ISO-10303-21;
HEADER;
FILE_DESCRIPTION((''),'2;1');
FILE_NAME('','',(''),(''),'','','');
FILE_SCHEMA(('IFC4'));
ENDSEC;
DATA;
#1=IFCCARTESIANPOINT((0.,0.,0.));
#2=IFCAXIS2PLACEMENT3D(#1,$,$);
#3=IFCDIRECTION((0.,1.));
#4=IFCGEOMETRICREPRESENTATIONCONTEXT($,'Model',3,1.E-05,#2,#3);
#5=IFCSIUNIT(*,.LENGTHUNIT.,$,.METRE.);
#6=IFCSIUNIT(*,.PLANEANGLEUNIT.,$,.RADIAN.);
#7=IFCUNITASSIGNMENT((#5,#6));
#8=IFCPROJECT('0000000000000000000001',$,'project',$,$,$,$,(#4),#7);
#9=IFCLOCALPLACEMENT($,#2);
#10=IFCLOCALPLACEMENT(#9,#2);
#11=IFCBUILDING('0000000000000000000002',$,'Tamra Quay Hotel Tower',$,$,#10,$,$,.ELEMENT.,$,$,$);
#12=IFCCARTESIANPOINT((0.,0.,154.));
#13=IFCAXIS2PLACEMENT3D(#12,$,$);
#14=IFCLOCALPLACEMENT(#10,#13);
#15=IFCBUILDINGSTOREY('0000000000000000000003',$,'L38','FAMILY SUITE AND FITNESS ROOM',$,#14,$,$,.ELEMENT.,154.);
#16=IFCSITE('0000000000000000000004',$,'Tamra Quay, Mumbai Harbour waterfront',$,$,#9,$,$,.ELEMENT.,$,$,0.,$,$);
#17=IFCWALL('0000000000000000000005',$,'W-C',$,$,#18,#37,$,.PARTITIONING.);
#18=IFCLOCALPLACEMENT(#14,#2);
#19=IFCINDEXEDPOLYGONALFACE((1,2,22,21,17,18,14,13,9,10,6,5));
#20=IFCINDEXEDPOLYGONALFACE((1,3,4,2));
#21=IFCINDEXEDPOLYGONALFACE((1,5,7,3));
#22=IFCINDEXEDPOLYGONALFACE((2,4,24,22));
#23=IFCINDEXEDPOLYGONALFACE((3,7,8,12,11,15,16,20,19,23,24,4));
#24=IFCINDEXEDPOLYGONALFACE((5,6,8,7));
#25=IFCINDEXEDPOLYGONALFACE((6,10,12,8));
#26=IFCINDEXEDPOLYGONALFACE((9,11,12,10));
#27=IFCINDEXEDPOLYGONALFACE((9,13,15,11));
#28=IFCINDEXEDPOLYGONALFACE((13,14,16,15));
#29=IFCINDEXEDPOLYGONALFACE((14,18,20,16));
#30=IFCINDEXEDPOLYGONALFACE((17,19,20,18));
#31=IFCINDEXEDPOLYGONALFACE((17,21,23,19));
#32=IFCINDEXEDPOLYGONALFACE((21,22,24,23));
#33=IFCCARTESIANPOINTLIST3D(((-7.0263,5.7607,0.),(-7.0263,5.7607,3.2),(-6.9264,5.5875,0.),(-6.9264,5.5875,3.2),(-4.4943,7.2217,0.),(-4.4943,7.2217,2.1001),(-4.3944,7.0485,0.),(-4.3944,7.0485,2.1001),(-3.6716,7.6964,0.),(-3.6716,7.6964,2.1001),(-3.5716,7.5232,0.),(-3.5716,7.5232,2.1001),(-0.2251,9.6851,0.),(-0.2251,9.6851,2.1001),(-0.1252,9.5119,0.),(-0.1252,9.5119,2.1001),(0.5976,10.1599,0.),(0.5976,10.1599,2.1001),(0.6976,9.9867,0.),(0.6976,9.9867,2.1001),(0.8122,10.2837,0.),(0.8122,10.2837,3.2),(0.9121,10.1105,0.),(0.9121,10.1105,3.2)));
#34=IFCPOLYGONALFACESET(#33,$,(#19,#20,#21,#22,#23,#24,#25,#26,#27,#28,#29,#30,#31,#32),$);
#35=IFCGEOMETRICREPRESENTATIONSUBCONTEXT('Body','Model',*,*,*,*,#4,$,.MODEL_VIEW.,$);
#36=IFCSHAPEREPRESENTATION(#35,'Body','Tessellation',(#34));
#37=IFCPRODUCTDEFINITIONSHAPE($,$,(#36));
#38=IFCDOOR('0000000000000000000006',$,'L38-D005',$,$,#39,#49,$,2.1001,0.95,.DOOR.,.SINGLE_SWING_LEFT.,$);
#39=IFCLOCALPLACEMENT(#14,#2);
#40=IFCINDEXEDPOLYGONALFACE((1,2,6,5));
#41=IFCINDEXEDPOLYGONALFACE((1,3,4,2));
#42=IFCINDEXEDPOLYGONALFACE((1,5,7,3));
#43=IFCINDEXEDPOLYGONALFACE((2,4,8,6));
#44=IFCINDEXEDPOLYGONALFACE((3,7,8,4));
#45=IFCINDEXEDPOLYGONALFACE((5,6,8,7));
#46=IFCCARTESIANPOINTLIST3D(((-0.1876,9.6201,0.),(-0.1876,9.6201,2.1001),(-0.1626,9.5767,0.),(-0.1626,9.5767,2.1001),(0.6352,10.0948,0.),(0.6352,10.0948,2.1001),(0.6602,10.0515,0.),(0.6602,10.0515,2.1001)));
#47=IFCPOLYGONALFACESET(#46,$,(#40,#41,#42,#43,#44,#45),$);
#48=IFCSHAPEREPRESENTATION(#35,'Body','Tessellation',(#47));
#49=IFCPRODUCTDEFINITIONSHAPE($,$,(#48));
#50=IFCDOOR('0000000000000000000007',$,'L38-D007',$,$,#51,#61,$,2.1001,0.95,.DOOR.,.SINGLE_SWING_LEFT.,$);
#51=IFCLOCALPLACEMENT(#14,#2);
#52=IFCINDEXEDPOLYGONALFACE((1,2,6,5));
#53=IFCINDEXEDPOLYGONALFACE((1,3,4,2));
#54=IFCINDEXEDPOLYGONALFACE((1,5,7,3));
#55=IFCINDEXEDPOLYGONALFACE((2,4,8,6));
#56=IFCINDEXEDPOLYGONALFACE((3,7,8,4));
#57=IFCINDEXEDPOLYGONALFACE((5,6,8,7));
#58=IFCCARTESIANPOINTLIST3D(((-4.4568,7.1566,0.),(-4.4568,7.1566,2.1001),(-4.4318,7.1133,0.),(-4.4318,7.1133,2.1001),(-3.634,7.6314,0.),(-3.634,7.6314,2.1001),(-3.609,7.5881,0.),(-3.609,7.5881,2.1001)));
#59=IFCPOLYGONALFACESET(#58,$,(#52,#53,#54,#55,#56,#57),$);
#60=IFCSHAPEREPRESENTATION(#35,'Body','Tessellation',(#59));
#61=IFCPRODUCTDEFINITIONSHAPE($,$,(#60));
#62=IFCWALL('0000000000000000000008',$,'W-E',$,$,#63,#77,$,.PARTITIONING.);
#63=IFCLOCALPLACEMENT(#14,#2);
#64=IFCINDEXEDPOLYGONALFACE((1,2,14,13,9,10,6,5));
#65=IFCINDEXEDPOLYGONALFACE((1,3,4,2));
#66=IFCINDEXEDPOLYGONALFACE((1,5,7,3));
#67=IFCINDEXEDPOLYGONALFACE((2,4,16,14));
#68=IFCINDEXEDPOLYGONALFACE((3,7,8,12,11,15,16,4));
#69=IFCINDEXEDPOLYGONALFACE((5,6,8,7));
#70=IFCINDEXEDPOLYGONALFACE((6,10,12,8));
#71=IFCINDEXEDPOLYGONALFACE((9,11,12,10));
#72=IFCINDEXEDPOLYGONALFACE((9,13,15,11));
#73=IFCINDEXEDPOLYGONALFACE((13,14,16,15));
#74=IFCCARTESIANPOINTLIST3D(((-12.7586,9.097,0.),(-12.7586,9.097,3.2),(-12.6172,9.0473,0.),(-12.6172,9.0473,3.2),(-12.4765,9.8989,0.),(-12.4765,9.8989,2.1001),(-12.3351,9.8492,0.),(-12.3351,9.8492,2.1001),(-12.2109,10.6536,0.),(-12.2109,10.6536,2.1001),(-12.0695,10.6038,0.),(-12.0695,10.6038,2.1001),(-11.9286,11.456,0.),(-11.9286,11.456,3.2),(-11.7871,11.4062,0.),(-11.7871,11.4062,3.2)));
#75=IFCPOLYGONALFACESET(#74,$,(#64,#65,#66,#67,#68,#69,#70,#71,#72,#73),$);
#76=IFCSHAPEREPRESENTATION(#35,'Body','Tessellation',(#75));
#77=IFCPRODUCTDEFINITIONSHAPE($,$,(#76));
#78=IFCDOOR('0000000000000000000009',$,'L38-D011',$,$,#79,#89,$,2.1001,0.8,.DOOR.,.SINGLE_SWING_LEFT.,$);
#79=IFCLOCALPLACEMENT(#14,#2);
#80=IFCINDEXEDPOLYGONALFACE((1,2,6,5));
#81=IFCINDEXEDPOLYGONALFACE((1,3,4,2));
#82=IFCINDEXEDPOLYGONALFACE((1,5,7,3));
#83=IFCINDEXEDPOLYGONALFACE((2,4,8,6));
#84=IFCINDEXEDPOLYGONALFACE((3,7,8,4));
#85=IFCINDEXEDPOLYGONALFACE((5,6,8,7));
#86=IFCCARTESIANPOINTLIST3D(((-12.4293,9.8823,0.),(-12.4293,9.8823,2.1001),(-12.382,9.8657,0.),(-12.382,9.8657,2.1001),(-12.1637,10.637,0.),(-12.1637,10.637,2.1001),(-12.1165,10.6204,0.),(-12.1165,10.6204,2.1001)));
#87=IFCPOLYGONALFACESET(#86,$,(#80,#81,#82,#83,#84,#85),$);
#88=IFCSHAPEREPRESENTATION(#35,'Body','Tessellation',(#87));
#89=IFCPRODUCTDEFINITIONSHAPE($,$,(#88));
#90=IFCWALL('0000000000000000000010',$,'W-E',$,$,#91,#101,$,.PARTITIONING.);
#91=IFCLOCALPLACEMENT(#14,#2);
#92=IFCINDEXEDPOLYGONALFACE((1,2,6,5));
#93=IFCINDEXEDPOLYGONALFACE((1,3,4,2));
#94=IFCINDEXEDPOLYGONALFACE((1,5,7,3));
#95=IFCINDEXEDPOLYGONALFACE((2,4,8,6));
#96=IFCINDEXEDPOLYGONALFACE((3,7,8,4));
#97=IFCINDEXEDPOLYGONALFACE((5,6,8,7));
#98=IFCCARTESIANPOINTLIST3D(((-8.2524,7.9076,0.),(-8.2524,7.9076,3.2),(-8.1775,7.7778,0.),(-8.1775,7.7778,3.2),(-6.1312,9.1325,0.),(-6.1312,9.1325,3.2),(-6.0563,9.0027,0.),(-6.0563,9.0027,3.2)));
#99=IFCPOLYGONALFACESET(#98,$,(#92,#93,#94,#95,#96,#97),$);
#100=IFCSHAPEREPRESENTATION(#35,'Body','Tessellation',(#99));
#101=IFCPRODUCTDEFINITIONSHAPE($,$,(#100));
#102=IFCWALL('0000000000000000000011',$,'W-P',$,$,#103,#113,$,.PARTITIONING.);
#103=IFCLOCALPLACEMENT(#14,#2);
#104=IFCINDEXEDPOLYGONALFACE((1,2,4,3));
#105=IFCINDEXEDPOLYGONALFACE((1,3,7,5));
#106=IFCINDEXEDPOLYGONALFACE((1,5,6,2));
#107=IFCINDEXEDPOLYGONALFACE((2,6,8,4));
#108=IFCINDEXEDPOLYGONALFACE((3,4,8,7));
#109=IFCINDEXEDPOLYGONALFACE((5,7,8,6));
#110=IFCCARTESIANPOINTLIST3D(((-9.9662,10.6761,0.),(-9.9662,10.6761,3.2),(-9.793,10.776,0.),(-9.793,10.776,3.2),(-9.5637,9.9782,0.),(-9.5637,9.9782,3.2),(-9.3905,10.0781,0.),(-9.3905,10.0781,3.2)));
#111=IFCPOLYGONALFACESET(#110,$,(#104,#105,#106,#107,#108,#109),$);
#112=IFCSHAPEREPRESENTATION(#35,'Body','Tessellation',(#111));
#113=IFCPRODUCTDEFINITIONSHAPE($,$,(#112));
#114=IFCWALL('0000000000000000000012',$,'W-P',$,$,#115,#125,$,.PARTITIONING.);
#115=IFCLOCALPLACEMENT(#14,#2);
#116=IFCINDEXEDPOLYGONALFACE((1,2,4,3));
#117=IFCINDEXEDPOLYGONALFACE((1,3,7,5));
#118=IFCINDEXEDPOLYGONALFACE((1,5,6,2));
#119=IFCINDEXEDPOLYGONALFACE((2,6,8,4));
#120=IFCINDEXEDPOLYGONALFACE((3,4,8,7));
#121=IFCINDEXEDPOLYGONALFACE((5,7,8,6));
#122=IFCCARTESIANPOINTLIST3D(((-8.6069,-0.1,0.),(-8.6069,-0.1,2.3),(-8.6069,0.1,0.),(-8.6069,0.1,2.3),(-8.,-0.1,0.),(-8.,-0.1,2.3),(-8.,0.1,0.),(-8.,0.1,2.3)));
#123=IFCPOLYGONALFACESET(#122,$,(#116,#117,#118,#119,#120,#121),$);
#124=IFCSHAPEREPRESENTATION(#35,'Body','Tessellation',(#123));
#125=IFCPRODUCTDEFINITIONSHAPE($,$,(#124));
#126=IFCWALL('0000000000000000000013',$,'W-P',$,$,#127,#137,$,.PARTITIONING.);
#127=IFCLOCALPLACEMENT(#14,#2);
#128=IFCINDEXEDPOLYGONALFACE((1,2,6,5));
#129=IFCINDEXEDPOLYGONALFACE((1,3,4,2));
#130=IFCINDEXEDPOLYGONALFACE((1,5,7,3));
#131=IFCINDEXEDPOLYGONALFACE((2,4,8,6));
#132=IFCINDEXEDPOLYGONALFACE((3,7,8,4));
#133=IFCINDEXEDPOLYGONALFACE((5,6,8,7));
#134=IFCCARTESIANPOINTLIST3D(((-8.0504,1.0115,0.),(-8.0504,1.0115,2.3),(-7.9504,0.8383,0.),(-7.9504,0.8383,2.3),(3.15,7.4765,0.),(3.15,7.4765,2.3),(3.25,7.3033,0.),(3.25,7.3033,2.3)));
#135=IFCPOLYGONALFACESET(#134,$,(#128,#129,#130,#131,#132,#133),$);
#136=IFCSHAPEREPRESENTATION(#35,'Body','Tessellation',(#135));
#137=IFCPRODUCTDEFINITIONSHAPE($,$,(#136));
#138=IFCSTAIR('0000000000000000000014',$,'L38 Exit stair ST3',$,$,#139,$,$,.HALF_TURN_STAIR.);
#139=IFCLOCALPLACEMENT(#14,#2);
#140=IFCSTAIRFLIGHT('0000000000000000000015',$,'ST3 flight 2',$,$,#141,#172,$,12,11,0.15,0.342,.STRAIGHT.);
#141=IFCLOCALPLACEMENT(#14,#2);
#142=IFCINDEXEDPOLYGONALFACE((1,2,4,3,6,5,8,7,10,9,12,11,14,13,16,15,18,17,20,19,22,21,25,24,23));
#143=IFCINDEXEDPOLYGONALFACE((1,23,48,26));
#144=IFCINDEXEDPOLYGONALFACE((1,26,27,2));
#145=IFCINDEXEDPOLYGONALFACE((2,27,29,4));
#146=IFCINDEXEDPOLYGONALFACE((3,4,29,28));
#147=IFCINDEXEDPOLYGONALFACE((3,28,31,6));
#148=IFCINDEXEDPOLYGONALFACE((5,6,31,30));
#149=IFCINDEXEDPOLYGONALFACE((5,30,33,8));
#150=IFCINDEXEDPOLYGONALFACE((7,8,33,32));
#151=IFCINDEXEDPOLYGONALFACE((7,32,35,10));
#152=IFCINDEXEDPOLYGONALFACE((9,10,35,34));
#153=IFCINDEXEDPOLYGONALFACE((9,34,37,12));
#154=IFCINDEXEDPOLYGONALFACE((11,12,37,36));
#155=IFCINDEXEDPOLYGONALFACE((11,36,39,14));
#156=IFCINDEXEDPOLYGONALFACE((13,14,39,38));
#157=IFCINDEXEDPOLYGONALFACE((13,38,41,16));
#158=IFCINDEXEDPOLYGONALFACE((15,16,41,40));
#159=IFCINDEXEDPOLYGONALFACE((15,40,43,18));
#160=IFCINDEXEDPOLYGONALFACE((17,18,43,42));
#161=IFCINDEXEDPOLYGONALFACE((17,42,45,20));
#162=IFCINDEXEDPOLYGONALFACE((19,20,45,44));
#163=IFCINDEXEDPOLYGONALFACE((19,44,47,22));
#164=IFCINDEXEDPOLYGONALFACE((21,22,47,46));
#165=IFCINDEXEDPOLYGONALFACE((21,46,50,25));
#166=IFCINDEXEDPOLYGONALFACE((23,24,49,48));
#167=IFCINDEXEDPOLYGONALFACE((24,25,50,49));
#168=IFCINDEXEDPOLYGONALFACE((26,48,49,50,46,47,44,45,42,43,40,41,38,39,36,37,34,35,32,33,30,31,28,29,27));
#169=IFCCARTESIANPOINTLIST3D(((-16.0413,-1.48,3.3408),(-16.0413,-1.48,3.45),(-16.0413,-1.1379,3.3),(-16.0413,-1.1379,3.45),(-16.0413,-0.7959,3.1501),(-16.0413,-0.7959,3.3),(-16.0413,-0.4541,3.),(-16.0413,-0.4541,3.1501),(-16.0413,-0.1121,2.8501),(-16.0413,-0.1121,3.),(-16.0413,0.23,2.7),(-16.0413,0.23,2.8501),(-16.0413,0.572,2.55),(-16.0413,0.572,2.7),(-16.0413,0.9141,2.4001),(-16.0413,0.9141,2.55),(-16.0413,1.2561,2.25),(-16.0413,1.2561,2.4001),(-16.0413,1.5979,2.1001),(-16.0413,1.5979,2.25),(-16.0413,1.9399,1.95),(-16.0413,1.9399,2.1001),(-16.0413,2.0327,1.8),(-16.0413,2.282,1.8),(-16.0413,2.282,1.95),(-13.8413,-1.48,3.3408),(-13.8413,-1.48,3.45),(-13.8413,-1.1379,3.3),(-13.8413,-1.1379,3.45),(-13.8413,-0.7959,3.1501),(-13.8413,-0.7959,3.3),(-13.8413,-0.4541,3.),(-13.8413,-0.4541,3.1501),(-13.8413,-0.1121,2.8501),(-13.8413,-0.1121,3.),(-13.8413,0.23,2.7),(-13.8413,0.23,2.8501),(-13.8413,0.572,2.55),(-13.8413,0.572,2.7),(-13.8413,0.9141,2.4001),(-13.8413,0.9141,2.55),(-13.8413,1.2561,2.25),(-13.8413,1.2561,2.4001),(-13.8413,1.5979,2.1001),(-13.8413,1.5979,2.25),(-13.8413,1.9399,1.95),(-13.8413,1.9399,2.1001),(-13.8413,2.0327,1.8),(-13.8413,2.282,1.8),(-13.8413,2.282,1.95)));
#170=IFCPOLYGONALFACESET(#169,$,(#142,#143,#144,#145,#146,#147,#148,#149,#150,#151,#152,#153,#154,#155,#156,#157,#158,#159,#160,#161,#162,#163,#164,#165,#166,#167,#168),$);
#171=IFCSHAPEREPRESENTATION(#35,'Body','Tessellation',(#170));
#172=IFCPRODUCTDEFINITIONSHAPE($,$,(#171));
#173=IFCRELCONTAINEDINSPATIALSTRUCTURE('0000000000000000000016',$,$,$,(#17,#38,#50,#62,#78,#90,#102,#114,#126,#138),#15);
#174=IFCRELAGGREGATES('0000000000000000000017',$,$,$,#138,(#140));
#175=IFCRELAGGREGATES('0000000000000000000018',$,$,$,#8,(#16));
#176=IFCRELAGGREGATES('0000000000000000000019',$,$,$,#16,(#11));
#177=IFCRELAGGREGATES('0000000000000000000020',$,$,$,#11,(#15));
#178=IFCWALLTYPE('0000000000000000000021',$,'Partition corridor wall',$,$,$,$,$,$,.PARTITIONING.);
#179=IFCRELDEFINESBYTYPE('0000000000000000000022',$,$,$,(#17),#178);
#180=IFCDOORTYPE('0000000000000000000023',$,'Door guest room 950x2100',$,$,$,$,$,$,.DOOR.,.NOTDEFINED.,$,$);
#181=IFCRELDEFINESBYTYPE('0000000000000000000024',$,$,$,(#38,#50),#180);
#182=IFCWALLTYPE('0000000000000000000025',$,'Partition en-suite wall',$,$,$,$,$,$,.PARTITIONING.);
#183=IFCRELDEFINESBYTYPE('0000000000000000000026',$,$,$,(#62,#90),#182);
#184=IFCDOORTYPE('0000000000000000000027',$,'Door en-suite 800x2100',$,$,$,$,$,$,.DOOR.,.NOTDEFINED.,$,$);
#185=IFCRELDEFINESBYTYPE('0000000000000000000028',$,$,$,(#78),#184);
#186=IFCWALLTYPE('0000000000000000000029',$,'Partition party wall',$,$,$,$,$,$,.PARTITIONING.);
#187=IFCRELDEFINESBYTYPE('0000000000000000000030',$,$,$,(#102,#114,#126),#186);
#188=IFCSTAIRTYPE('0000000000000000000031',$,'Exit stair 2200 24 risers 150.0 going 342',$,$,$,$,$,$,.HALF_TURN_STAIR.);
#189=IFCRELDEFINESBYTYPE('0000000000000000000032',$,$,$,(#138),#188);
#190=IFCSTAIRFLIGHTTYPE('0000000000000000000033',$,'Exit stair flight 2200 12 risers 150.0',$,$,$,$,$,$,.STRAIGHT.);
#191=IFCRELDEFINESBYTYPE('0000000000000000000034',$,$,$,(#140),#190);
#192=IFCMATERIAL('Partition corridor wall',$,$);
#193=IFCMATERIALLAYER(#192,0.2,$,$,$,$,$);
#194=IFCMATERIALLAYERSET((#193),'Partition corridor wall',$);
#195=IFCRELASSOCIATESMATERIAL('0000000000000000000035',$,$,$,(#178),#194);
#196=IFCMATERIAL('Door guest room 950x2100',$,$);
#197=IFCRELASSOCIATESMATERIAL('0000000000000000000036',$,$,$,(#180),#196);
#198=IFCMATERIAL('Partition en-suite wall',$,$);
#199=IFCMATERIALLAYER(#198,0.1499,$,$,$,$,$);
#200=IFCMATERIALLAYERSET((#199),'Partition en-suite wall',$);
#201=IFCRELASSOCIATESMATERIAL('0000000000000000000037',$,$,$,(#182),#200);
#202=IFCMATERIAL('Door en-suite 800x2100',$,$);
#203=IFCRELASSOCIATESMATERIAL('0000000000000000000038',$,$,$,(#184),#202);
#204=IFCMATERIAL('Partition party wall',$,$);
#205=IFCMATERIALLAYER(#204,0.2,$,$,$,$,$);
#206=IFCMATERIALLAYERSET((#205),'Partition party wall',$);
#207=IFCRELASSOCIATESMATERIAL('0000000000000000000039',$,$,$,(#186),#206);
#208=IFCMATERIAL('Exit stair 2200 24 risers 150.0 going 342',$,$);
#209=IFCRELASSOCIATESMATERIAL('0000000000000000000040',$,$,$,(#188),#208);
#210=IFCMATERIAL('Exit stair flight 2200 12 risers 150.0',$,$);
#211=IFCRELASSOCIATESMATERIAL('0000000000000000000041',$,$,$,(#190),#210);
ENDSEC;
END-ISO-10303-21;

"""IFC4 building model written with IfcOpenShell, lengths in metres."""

from ifc_helpers import new_model, si_unit, direction, frame, frame_2d, origin, place, context, subcontext, project, spatial, polyline, rectangle, outline, extrude, material, layer, layer_set, type_object, element, fill, aggregate, save


model = new_model("IFC4")

# Units and contexts
model_context = context("Model", 3, precision=1e-05, world=origin(), true_north=direction((0.0, 1.0)))
body_context = subcontext(model_context, "Body", "Model", "MODEL_VIEW")
ifc_project = project(units=[si_unit("LENGTHUNIT", "METRE"), si_unit("PLANEANGLEUNIT", "RADIAN")], contexts=[model_context])

# Site, building, storey
site_placement = place(None, origin())
site = spatial("IfcSite", under=ifc_project, at=site_placement, Name="Tamra Quay, Mumbai Harbour waterfront", CompositionType="ELEMENT", RefElevation=0.0)
building_placement = place(site_placement, origin())
building = spatial("IfcBuilding", under=site, at=building_placement, Name="Tamra Quay Hotel Tower", CompositionType="ELEMENT")
storey_placement = place(building_placement, frame((0.0, 0.0, 154.0)))
storey = spatial("IfcBuildingStorey", under=building, at=storey_placement, Name="L38", Description="FAMILY SUITE AND FITNESS ROOM", CompositionType="ELEMENT", Elevation=154.0)

# Wall, openings, doors
ifc_material_1 = material(Name="Partition corridor wall")
ifc_layer_1 = layer(ifc_material_1, 0.2)
ifc_layer_set_1 = layer_set([ifc_layer_1], Name="Partition corridor wall")
wall_type_1 = type_object("IfcWallType", Name="Partition corridor wall", PredefinedType="PARTITIONING", material=ifc_layer_set_1)
wall_1_placement = place(storey_placement, frame((-6.9763, 5.6741, 0.0), z_axis=(0.0, 0.0, 1.0), x_axis=(0.866147, 0.499789, 0.0)))
wall_1 = element("IfcWall", 1, at=wall_1_placement, inside=storey, type_object=wall_type_1, Name="W-C", PredefinedType="PARTITIONING", context=body_context, shape_type="SweptSolid", body=[
    extrude(rectangle(XDim=9.0498, YDim=0.2, at=frame_2d((4.5249, 0.0))), origin(), (0.0, 0.0, 1.0), 3.2),
])
opening_1_placement = place(wall_1_placement, frame((7.8521, 0.0, 0.0)))
opening_1 = element("IfcOpeningElement", 2, at=opening_1_placement, cuts=wall_1, PredefinedType="OPENING", context=body_context, shape_type="SweptSolid", body=[
    extrude(rectangle(XDim=0.95, YDim=2.1001, at=frame_2d((0.4751, 1.05))), frame((0.0, 0.1099, 0.0), z_axis=(0.0, -1.0, 0.0), x_axis=(1.0, 0.0, 0.0)), (0.0, 0.0, 1.0), 0.22),
])
opening_2_placement = place(wall_1_placement, frame((2.9231, 0.0, 0.0)))
opening_2 = element("IfcOpeningElement", 3, at=opening_2_placement, cuts=wall_1, PredefinedType="OPENING", context=body_context, shape_type="SweptSolid", body=[
    extrude(rectangle(XDim=0.95, YDim=2.1001, at=frame_2d((0.4751, 1.05))), frame((0.0, 0.1099, 0.0), z_axis=(0.0, -1.0, 0.0), x_axis=(1.0, 0.0, 0.0)), (0.0, 0.0, 1.0), 0.22),
])
ifc_material_2 = material(Name="Door guest room 950x2100")
door_type_1 = type_object("IfcDoorType", Name="Door guest room 950x2100", OperationType="NOTDEFINED", PredefinedType="DOOR", material=ifc_material_2)
door_1_placement = place(opening_1_placement, origin())
door_1 = element("IfcDoor", 4, at=door_1_placement, inside=storey, type_object=door_type_1, Name="L38-D005", OperationType="SINGLE_SWING_LEFT", OverallHeight=2.1001, OverallWidth=0.95, PredefinedType="DOOR", context=body_context, shape_type="SweptSolid", body=[
    extrude(rectangle(XDim=0.95, YDim=2.1001, at=frame_2d((0.4751, 1.05))), frame((0.0, 0.0249, 0.0), z_axis=(0.0, -1.0, 0.0), x_axis=(1.0, 0.0, 0.0)), (0.0, 0.0, 1.0), 0.05),
])
fill(opening_1, door_1)
door_2_placement = place(opening_2_placement, origin())
door_2 = element("IfcDoor", 5, at=door_2_placement, inside=storey, type_object=door_type_1, Name="L38-D007", OperationType="SINGLE_SWING_LEFT", OverallHeight=2.1001, OverallWidth=0.95, PredefinedType="DOOR", context=body_context, shape_type="SweptSolid", body=[
    extrude(rectangle(XDim=0.95, YDim=2.1001, at=frame_2d((0.4751, 1.05))), frame((0.0, 0.0249, 0.0), z_axis=(0.0, -1.0, 0.0), x_axis=(1.0, 0.0, 0.0)), (0.0, 0.0, 1.0), 0.05),
])
fill(opening_2, door_2)

# Wall, opening, door
ifc_material_3 = material(Name="Partition en-suite wall")
ifc_layer_2 = layer(ifc_material_3, 0.1499)
ifc_layer_set_2 = layer_set([ifc_layer_2], Name="Partition en-suite wall")
wall_type_2 = type_object("IfcWallType", Name="Partition en-suite wall", PredefinedType="PARTITIONING", material=ifc_layer_set_2)
wall_2_placement = place(storey_placement, frame((-12.688, 9.072, 0.0), z_axis=(0.0, 0.0, 1.0), x_axis=(0.331942, 0.9433, 0.0)))
wall_2 = element("IfcWall", 6, at=wall_2_placement, inside=storey, type_object=wall_type_2, Name="W-E", PredefinedType="PARTITIONING", context=body_context, shape_type="SweptSolid", body=[
    extrude(rectangle(XDim=2.5007, YDim=0.1499, at=frame_2d((1.2505, 0.0))), origin(), (0.0, 0.0, 1.0), 3.2),
])
opening_3_placement = place(wall_2_placement, frame((0.8503, 0.0, 0.0)))
opening_3 = element("IfcOpeningElement", 7, at=opening_3_placement, cuts=wall_2, PredefinedType="OPENING", context=body_context, shape_type="SweptSolid", body=[
    extrude(rectangle(XDim=0.8, YDim=2.1001, at=frame_2d((0.3999, 1.05))), frame((0.0, 0.085, 0.0), z_axis=(0.0, -1.0, 0.0), x_axis=(1.0, 0.0, 0.0)), (0.0, 0.0, 1.0), 0.1699),
])
ifc_material_4 = material(Name="Door en-suite 800x2100")
door_type_2 = type_object("IfcDoorType", Name="Door en-suite 800x2100", OperationType="NOTDEFINED", PredefinedType="DOOR", material=ifc_material_4)
door_3_placement = place(opening_3_placement, origin())
door_3 = element("IfcDoor", 8, at=door_3_placement, inside=storey, type_object=door_type_2, Name="L38-D011", OperationType="SINGLE_SWING_LEFT", OverallHeight=2.1001, OverallWidth=0.8, PredefinedType="DOOR", context=body_context, shape_type="SweptSolid", body=[
    extrude(rectangle(XDim=0.8, YDim=2.1001, at=frame_2d((0.3999, 1.05))), frame((0.0, 0.0249, 0.0), z_axis=(0.0, -1.0, 0.0), x_axis=(1.0, 0.0, 0.0)), (0.0, 0.0, 1.0), 0.05),
])
fill(opening_3, door_3)

# Walls
wall_3_placement = place(storey_placement, frame((-8.2148, 7.8428, 0.0), z_axis=(0.0, 0.0, 1.0), x_axis=(0.865983, 0.500073, 0.0)))
element("IfcWall", 9, at=wall_3_placement, inside=storey, type_object=wall_type_2, Name="W-E", PredefinedType="PARTITIONING", context=body_context, shape_type="SweptSolid", body=[
    extrude(rectangle(XDim=2.4495, YDim=0.1499, at=frame_2d((1.2246, 0.0))), origin(), (0.0, 0.0, 1.0), 3.2),
])
ifc_material_5 = material(Name="Partition party wall")
ifc_layer_3 = layer(ifc_material_5, 0.2)
ifc_layer_set_3 = layer_set([ifc_layer_3], Name="Partition party wall")
wall_type_3 = type_object("IfcWallType", Name="Partition party wall", PredefinedType="PARTITIONING", material=ifc_layer_set_3)
wall_4_placement = place(storey_placement, frame((-9.8796, 10.7261, 0.0), z_axis=(0.0, 0.0, 1.0), x_axis=(0.499626, -0.866241, 0.0)))
element("IfcWall", 10, at=wall_4_placement, inside=storey, type_object=wall_type_3, Name="W-P", PredefinedType="PARTITIONING", context=body_context, shape_type="SweptSolid", body=[
    extrude(rectangle(XDim=0.8057, YDim=0.2, at=frame_2d((0.4028, 0.0))), origin(), (0.0, 0.0, 1.0), 3.2),
])
wall_5_placement = place(storey_placement, frame((-8.6069, 0.0, 0.0), z_axis=(0.0, 0.0, 1.0), x_axis=(1.0, 0.0, 0.0)))
element("IfcWall", 11, at=wall_5_placement, inside=storey, type_object=wall_type_3, Name="W-P", PredefinedType="PARTITIONING", context=body_context, shape_type="SweptSolid", body=[
    extrude(rectangle(XDim=0.6069, YDim=0.2, at=frame_2d((0.3035, 0.0))), origin(), (0.0, 0.0, 1.0), 2.3),
])
wall_6_placement = place(storey_placement, frame((-8.0005, 0.9248, 0.0), z_axis=(0.0, 0.0, 1.0), x_axis=(0.866075, 0.499914, 0.0)))
element("IfcWall", 12, at=wall_6_placement, inside=storey, type_object=wall_type_3, Name="W-P", PredefinedType="PARTITIONING", context=body_context, shape_type="SweptSolid", body=[
    extrude(rectangle(XDim=12.9324, YDim=0.2, at=frame_2d((6.4663, 0.0))), origin(), (0.0, 0.0, 1.0), 2.3),
])

# Stair, stair flight
ifc_material_6 = material(Name="Exit stair 2200 24 risers 150.0 going 342")
stair_type = type_object("IfcStairType", Name="Exit stair 2200 24 risers 150.0 going 342", PredefinedType="HALF_TURN_STAIR", material=ifc_material_6)
stair_placement = place(storey_placement, origin())
stair = element("IfcStair", 13, at=stair_placement, inside=storey, type_object=stair_type, Name="L38 Exit stair ST3", PredefinedType="HALF_TURN_STAIR")
ifc_material_7 = material(Name="Exit stair flight 2200 12 risers 150.0")
stair_flight_type = type_object("IfcStairFlightType", Name="Exit stair flight 2200 12 risers 150.0", PredefinedType="STRAIGHT", material=ifc_material_7)
stair_flight_placement = place(storey_placement, frame((-14.9414, 2.282, 1.8), z_axis=(0.0, 0.0, 1.0), x_axis=(0.0, -1.0, 0.0)))
stair_flight = element("IfcStairFlight", 14, at=stair_flight_placement, type_object=stair_flight_type, Name="ST3 flight 2", NumberOfRisers=12, NumberOfTreads=11, PredefinedType="STRAIGHT", RiserHeight=0.15, TreadLength=0.342, context=body_context, shape_type="SweptSolid", body=[
    extrude(outline(polyline([(0.0, 0.0), (0.0, 0.1499), (0.342, 0.1499), (0.342, 0.3), (0.6841, 0.3), (0.6841, 0.45), (1.0259, 0.45), (1.0259, 0.6001), (1.3679, 0.6001), (1.3679, 0.75), (1.71, 0.75), (1.71, 0.8999), (2.052, 0.8999), (2.052, 1.05), (2.394, 1.05), (2.394, 1.2), (2.7361, 1.2), (2.7361, 1.3501), (3.0779, 1.3501), (3.0779, 1.5), (3.4199, 1.5), (3.4199, 1.6499), (3.762, 1.6499), (3.762, 1.8), (3.762, 1.5408), (0.2493, 0.0), (0.0, 0.0)])), frame((0.0, 1.1001, 0.0), z_axis=(0.0, -1.0, 0.0), x_axis=(1.0, 0.0, 0.0)), (0.0, 0.0, 1.0), 2.2),
])
aggregate(stair, [stair_flight])

save(model, "model.ifc")
